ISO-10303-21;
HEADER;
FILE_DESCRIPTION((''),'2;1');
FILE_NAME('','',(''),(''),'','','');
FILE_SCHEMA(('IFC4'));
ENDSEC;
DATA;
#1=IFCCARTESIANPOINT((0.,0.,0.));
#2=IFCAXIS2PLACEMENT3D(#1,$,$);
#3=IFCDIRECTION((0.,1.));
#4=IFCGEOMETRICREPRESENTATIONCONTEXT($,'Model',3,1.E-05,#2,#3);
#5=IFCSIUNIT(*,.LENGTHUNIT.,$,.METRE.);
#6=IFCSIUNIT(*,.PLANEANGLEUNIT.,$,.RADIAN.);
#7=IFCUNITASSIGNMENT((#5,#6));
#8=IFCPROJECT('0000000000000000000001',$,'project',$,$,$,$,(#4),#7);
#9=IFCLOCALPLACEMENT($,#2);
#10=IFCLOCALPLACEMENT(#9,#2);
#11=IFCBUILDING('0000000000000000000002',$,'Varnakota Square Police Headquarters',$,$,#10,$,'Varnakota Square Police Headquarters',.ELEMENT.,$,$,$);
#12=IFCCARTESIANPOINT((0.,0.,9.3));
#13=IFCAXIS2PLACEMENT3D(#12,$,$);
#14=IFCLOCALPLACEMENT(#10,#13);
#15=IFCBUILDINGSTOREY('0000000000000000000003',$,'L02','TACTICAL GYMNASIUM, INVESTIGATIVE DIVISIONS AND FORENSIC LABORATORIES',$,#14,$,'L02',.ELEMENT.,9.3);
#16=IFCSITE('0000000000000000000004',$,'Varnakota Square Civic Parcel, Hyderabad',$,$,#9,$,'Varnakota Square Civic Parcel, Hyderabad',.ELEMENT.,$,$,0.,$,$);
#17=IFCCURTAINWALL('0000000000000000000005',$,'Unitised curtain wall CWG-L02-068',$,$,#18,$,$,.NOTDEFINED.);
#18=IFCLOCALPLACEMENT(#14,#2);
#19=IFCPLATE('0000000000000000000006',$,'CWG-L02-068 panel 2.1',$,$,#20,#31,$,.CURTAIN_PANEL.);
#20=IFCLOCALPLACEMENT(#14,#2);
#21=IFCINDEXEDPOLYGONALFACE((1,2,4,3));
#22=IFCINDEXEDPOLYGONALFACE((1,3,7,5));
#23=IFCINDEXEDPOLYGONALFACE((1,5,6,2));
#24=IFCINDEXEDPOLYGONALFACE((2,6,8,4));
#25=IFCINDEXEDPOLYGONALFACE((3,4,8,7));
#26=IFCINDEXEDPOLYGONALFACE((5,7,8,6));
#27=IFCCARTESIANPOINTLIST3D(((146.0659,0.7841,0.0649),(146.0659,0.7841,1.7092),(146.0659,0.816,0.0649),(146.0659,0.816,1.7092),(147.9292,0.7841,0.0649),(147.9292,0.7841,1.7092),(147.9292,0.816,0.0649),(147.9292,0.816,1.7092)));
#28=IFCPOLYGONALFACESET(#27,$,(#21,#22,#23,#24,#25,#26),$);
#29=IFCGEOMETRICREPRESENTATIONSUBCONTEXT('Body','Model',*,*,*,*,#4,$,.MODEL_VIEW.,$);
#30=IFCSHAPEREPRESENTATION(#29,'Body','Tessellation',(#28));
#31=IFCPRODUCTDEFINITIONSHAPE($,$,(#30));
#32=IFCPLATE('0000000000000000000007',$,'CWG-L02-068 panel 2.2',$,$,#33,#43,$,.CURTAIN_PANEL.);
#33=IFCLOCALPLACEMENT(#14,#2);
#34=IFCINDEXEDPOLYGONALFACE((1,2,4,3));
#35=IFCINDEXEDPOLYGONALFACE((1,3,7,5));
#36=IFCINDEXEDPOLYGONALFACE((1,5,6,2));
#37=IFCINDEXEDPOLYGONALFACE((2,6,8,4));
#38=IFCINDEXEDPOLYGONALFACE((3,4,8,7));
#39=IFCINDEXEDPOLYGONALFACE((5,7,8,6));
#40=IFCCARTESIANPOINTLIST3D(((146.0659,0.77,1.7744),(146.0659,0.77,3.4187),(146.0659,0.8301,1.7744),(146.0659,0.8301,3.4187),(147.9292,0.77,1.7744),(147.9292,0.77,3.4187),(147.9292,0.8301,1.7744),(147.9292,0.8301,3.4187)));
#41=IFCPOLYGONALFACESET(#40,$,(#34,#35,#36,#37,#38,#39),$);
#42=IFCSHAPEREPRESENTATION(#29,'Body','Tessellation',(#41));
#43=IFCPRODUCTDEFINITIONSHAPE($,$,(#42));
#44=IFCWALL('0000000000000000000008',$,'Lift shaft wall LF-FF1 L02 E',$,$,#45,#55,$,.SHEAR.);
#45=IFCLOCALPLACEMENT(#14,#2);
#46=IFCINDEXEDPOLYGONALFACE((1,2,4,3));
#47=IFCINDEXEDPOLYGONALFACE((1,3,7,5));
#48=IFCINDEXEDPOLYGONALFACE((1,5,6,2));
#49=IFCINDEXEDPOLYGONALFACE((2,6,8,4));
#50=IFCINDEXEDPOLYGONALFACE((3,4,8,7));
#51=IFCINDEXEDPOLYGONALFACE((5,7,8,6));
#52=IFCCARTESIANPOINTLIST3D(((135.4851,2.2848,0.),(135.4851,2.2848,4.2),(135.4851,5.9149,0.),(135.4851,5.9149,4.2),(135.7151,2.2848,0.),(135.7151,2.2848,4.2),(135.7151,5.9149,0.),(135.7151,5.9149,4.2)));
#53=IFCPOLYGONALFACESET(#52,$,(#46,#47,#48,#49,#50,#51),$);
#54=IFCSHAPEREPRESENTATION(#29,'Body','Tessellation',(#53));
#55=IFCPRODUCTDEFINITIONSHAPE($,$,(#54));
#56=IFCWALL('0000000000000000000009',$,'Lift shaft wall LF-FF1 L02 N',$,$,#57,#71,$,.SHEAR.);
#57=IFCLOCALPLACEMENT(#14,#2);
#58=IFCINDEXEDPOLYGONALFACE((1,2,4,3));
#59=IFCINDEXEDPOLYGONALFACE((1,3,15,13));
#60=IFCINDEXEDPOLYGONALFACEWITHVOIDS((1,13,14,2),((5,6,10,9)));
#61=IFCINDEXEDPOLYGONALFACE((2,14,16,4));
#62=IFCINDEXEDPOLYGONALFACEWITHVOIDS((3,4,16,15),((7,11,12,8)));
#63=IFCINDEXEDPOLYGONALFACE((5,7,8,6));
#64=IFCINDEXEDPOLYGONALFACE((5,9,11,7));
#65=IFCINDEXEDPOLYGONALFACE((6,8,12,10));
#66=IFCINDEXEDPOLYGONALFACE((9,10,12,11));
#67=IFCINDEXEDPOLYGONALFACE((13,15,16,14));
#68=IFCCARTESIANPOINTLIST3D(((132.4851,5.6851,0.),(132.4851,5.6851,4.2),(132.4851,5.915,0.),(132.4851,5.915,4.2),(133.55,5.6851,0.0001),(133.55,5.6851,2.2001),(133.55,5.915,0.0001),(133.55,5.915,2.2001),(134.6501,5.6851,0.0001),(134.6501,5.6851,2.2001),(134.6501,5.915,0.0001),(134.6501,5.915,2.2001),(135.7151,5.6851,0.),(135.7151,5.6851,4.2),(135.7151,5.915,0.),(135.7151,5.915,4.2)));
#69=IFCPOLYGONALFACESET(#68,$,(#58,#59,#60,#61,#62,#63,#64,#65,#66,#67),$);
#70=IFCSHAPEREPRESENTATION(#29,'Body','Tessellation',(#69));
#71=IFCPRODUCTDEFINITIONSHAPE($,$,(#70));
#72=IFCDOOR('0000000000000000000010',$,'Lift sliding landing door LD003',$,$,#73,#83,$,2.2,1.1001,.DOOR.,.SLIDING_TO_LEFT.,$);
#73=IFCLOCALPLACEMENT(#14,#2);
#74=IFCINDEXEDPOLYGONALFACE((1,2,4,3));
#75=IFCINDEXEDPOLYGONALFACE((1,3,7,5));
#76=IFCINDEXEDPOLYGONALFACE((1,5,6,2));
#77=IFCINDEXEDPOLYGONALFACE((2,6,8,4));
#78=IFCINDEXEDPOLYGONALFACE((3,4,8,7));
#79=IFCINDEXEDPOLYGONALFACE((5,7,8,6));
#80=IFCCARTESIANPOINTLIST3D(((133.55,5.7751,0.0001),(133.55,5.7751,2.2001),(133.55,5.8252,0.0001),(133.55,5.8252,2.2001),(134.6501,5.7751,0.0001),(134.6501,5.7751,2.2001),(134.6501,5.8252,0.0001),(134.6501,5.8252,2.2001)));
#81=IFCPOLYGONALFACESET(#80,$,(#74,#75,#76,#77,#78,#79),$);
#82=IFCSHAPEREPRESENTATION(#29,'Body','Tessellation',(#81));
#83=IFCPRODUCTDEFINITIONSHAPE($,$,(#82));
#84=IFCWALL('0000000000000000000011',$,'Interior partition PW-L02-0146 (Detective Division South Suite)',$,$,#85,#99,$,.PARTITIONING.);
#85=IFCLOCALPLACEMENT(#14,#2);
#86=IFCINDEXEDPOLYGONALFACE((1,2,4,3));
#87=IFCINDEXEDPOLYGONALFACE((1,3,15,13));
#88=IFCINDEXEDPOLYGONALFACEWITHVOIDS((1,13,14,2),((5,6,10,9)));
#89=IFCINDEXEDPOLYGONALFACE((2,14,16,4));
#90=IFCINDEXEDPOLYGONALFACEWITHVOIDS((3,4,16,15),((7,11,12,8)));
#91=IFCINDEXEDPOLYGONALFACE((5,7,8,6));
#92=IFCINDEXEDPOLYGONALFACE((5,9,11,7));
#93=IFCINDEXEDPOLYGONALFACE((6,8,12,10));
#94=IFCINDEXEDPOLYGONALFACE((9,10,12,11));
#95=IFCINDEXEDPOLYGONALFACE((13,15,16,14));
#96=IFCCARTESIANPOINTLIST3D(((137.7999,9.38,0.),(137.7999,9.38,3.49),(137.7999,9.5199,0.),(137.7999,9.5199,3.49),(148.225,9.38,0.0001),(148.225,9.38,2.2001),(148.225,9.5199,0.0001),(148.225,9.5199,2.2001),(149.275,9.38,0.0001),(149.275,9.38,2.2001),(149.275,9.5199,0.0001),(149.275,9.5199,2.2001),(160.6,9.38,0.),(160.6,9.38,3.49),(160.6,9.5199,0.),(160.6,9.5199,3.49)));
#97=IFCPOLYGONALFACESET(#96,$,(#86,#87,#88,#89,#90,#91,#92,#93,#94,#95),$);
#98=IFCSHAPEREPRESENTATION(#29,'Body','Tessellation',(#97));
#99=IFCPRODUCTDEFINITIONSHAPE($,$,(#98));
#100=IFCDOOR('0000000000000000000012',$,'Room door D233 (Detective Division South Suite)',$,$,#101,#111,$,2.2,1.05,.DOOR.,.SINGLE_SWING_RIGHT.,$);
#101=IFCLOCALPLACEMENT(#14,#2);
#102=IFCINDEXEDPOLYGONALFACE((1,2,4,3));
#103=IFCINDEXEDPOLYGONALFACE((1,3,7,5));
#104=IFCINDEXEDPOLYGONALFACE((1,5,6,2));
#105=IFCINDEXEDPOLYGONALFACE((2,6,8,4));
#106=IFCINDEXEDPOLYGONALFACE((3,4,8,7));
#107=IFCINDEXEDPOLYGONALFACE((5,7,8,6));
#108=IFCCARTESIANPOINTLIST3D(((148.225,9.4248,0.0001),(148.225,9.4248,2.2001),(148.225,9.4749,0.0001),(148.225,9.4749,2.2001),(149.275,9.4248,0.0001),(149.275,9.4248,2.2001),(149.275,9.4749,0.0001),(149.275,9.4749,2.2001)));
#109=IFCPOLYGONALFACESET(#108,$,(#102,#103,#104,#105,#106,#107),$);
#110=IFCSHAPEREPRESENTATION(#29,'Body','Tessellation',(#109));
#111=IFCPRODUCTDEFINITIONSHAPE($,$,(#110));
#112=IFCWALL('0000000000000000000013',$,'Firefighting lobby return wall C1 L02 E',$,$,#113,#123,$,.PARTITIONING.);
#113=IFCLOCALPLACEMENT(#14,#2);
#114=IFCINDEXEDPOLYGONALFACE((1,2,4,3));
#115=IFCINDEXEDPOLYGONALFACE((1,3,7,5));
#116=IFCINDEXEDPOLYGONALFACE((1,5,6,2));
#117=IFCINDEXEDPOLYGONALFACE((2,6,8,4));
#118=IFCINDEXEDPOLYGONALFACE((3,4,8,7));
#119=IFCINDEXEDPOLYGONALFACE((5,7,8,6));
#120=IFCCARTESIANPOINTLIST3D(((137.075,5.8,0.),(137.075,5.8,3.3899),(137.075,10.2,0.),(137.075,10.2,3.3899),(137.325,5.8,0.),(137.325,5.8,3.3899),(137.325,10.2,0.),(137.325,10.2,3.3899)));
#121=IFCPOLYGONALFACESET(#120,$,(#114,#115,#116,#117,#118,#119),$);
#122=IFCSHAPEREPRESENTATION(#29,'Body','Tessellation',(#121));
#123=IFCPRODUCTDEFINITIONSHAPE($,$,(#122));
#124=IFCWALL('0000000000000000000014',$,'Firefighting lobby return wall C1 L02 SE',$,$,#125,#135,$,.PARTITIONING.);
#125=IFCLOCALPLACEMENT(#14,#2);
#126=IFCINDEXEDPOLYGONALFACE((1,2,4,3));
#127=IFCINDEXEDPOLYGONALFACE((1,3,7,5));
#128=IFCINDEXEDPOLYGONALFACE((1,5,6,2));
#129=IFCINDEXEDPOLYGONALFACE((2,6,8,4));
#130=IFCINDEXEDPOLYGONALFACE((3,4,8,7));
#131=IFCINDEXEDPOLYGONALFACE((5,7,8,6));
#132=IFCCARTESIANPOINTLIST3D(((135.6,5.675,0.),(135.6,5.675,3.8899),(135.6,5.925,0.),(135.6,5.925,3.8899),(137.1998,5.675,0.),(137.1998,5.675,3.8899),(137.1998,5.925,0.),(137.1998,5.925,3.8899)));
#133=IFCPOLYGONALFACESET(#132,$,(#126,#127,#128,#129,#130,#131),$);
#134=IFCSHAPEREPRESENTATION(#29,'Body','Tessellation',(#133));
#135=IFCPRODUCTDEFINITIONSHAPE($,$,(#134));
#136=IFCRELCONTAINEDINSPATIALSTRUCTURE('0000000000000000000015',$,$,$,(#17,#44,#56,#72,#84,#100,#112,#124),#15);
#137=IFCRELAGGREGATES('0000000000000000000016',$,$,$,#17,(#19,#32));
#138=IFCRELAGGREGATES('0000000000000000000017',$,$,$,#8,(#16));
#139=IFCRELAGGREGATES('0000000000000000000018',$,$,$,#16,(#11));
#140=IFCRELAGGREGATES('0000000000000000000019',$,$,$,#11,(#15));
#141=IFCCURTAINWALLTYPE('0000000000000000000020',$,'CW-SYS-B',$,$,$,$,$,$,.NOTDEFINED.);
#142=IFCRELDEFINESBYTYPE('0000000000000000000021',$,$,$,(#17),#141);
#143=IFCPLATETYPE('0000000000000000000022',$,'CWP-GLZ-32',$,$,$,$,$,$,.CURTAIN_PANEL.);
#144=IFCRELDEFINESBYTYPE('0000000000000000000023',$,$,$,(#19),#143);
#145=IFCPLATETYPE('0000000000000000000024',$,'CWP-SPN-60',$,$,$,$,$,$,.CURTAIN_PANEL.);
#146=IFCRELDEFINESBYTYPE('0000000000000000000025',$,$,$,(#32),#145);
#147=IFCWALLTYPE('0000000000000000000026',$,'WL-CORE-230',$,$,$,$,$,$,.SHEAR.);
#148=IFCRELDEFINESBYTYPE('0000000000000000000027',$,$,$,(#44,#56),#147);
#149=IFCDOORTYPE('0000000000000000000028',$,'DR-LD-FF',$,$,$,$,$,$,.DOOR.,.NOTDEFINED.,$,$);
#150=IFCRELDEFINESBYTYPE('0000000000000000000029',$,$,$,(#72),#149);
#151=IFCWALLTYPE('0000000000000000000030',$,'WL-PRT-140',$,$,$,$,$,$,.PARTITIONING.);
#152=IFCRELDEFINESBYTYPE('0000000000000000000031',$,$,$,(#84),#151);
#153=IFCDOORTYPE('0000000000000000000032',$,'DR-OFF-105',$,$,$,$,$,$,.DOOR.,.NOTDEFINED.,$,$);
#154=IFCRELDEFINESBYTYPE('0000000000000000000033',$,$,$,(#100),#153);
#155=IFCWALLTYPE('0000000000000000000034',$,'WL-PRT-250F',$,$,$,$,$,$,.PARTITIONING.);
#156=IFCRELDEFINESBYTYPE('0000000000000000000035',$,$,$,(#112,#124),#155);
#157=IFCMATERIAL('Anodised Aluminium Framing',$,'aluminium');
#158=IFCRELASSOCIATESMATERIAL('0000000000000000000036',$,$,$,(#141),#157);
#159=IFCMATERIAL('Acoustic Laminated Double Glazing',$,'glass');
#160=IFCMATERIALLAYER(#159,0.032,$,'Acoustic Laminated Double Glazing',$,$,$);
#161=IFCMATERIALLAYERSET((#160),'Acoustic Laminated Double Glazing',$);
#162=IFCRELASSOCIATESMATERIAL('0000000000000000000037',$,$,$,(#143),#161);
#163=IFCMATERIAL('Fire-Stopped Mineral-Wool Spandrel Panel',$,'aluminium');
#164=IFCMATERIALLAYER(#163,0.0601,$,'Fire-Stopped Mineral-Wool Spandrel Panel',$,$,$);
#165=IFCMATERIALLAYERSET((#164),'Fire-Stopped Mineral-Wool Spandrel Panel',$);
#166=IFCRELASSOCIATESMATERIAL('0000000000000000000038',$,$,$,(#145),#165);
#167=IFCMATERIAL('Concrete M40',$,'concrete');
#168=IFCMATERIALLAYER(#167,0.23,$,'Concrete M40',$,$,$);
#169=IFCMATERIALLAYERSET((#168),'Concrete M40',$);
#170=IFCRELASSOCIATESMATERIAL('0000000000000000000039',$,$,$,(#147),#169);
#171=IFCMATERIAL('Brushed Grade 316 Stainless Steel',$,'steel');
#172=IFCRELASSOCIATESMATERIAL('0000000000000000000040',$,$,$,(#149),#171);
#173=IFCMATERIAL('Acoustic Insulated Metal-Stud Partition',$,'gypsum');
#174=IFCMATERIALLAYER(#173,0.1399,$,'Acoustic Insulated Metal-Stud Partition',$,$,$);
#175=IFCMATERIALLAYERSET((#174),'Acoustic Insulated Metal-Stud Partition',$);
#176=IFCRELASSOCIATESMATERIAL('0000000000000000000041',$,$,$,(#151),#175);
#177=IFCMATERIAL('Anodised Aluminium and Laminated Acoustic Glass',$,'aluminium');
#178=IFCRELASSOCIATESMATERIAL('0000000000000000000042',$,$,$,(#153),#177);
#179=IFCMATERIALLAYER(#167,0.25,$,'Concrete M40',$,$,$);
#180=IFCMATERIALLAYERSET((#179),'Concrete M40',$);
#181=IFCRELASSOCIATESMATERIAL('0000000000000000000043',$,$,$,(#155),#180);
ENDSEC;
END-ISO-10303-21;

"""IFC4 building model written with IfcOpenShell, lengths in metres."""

from ifc_helpers import new_model, si_unit, direction, frame, frame_2d, origin, origin_2d, place, context, subcontext, project, spatial, rectangle, extrude, material, layer, layer_set, type_object, element, fill, aggregate, save


model = new_model("IFC4")

# Units and contexts
model_context = context("Model", 3, precision=1e-05, world=origin(), true_north=direction((0.0, 1.0)))
body_context = subcontext(model_context, "Body", "Model", "MODEL_VIEW")
ifc_project = project(units=[si_unit("LENGTHUNIT", "METRE"), si_unit("PLANEANGLEUNIT", "RADIAN")], contexts=[model_context])

# Site, building, storey
site_placement = place(None, origin())
site = spatial("IfcSite", under=ifc_project, at=site_placement, Name="Varnakota Square Civic Parcel, Hyderabad", LongName="Varnakota Square Civic Parcel, Hyderabad", CompositionType="ELEMENT", RefElevation=0.0)
building_placement = place(site_placement, origin())
building = spatial("IfcBuilding", under=site, at=building_placement, Name="Varnakota Square Police Headquarters", LongName="Varnakota Square Police Headquarters", CompositionType="ELEMENT")
storey_placement = place(building_placement, frame((0.0, 0.0, 9.3)))
storey = spatial("IfcBuildingStorey", under=building, at=storey_placement, Name="L02", Description="TACTICAL GYMNASIUM, INVESTIGATIVE DIVISIONS AND FORENSIC LABORATORIES", LongName="L02", CompositionType="ELEMENT", Elevation=9.3)

# Shared definitions
ifc_material_1 = material(Name="Anodised Aluminium Framing", Category="aluminium")

# Curtain wall, plates
curtain_wall_type_1 = type_object("IfcCurtainWallType", Name="CW-SYS-B", PredefinedType="NOTDEFINED", material=ifc_material_1)
curtain_wall_1_placement = place(storey_placement, origin())
curtain_wall_1 = element("IfcCurtainWall", 1, at=curtain_wall_1_placement, inside=storey, type_object=curtain_wall_type_1, Name="Unitised curtain wall CWG-L02-068", PredefinedType="NOTDEFINED")
ifc_material_2 = material(Name="Acoustic Laminated Double Glazing", Category="glass")
ifc_layer_1 = layer(ifc_material_2, 0.032, Name="Acoustic Laminated Double Glazing")
ifc_layer_set_1 = layer_set([ifc_layer_1], Name="Acoustic Laminated Double Glazing")
plate_type_1 = type_object("IfcPlateType", Name="CWP-GLZ-32", PredefinedType="CURTAIN_PANEL", material=ifc_layer_set_1)
plate_1_placement = place(storey_placement, frame((146.9976, 0.8, 0.0649), z_axis=(0.0, 0.0, 1.0), x_axis=(1.0, 0.0, 0.0)))
plate_1 = element("IfcPlate", 2, at=plate_1_placement, type_object=plate_type_1, Name="CWG-L02-068 panel 2.1", PredefinedType="CURTAIN_PANEL", context=body_context, shape_type="SweptSolid", body=[
    extrude(rectangle(XDim=1.8633, YDim=0.032, at=origin_2d()), origin(), (0.0, 0.0, 1.0), 1.6443),
])
ifc_material_3 = material(Name="Fire-Stopped Mineral-Wool Spandrel Panel", Category="aluminium")
ifc_layer_2 = layer(ifc_material_3, 0.0601, Name="Fire-Stopped Mineral-Wool Spandrel Panel")
ifc_layer_set_2 = layer_set([ifc_layer_2], Name="Fire-Stopped Mineral-Wool Spandrel Panel")
plate_type_2 = type_object("IfcPlateType", Name="CWP-SPN-60", PredefinedType="CURTAIN_PANEL", material=ifc_layer_set_2)
plate_2_placement = place(storey_placement, frame((146.9976, 0.8, 1.7744), z_axis=(0.0, 0.0, 1.0), x_axis=(1.0, 0.0, 0.0)))
plate_2 = element("IfcPlate", 3, at=plate_2_placement, type_object=plate_type_2, Name="CWG-L02-068 panel 2.2", PredefinedType="CURTAIN_PANEL", context=body_context, shape_type="SweptSolid", body=[
    extrude(rectangle(XDim=1.8633, YDim=0.0601, at=origin_2d()), origin(), (0.0, 0.0, 1.0), 1.6443),
])
aggregate(curtain_wall_1, [plate_1, plate_2])

# Wall
ifc_material_4 = material(Name="Concrete M40", Category="concrete")
ifc_layer_3 = layer(ifc_material_4, 0.23, Name="Concrete M40")
ifc_layer_set_3 = layer_set([ifc_layer_3], Name="Concrete M40")
wall_type_1 = type_object("IfcWallType", Name="WL-CORE-230", PredefinedType="SHEAR", material=ifc_layer_set_3)
wall_1_placement = place(storey_placement, frame((135.6001, 2.2849, 0.0), z_axis=(0.0, 0.0, 1.0), x_axis=(0.0, 1.0, 0.0)))
element("IfcWall", 4, at=wall_1_placement, inside=storey, type_object=wall_type_1, Name="Lift shaft wall LF-FF1 L02 E", PredefinedType="SHEAR", context=body_context, shape_type="SweptSolid", body=[
    extrude(rectangle(XDim=3.6301, YDim=0.23, at=frame_2d((1.8149, 0.0))), origin(), (0.0, 0.0, 1.0), 4.2),
])

# Walls, openings, doors
wall_2_placement = place(storey_placement, frame((135.7151, 5.8, 0.0), z_axis=(0.0, 0.0, 1.0), x_axis=(-1.0, 0.0, 0.0)))
wall_2 = element("IfcWall", 5, at=wall_2_placement, inside=storey, type_object=wall_type_1, Name="Lift shaft wall LF-FF1 L02 N", PredefinedType="SHEAR", context=body_context, shape_type="SweptSolid", body=[
    extrude(rectangle(XDim=3.23, YDim=0.23, at=frame_2d((1.615, 0.0))), origin(), (0.0, 0.0, 1.0), 4.2),
])
opening_1_placement = place(wall_2_placement, frame((1.0649, 0.0, 0.0)))
opening_1 = element("IfcOpeningElement", 6, at=opening_1_placement, cuts=wall_2, PredefinedType="OPENING", context=body_context, shape_type="SweptSolid", body=[
    extrude(rectangle(XDim=1.1001, YDim=2.2, at=frame_2d((0.55, 1.1001))), frame((0.0, 0.125, 0.0), z_axis=(0.0, -1.0, 0.0), x_axis=(1.0, 0.0, 0.0)), (0.0, 0.0, 1.0), 0.25),
])
ifc_material_5 = material(Name="Brushed Grade 316 Stainless Steel", Category="steel")
door_type_1 = type_object("IfcDoorType", Name="DR-LD-FF", OperationType="NOTDEFINED", PredefinedType="DOOR", material=ifc_material_5)
door_1_placement = place(opening_1_placement, origin())
door_1 = element("IfcDoor", 7, at=door_1_placement, inside=storey, type_object=door_type_1, Name="Lift sliding landing door LD003", OperationType="SLIDING_TO_LEFT", OverallHeight=2.2, OverallWidth=1.1001, PredefinedType="DOOR", context=body_context, shape_type="SweptSolid", body=[
    extrude(rectangle(XDim=1.1001, YDim=2.2, at=frame_2d((0.55, 1.1001))), frame((0.0, 0.0249, 0.0), z_axis=(0.0, -1.0, 0.0), x_axis=(1.0, 0.0, 0.0)), (0.0, 0.0, 1.0), 0.05),
])
fill(opening_1, door_1)
ifc_material_6 = material(Name="Acoustic Insulated Metal-Stud Partition", Category="gypsum")
ifc_layer_4 = layer(ifc_material_6, 0.1399, Name="Acoustic Insulated Metal-Stud Partition")
ifc_layer_set_4 = layer_set([ifc_layer_4], Name="Acoustic Insulated Metal-Stud Partition")
wall_type_2 = type_object("IfcWallType", Name="WL-PRT-140", PredefinedType="PARTITIONING", material=ifc_layer_set_4)
wall_3_placement = place(storey_placement, frame((137.8, 9.45, 0.0), z_axis=(0.0, 0.0, 1.0), x_axis=(1.0, 0.0, 0.0)))
wall_3 = element("IfcWall", 8, at=wall_3_placement, inside=storey, type_object=wall_type_2, Name="Interior partition PW-L02-0146 (Detective Division South Suite)", PredefinedType="PARTITIONING", context=body_context, shape_type="SweptSolid", body=[
    extrude(rectangle(XDim=22.8, YDim=0.1399, at=frame_2d((11.3999, 0.0))), origin(), (0.0, 0.0, 1.0), 3.49),
])
opening_2_placement = place(wall_3_placement, frame((10.425, 0.0, 0.0)))
opening_2 = element("IfcOpeningElement", 9, at=opening_2_placement, cuts=wall_3, PredefinedType="OPENING", context=body_context, shape_type="SweptSolid", body=[
    extrude(rectangle(XDim=1.05, YDim=2.2, at=frame_2d((0.5249, 1.1001))), frame((0.0, 0.0798, 0.0), z_axis=(0.0, -1.0, 0.0), x_axis=(1.0, 0.0, 0.0)), (0.0, 0.0, 1.0), 0.1599),
])
ifc_material_7 = material(Name="Anodised Aluminium and Laminated Acoustic Glass", Category="aluminium")
door_type_2 = type_object("IfcDoorType", Name="DR-OFF-105", OperationType="NOTDEFINED", PredefinedType="DOOR", material=ifc_material_7)
door_2_placement = place(opening_2_placement, origin())
door_2 = element("IfcDoor", 10, at=door_2_placement, inside=storey, type_object=door_type_2, Name="Room door D233 (Detective Division South Suite)", OperationType="SINGLE_SWING_RIGHT", OverallHeight=2.2, OverallWidth=1.05, PredefinedType="DOOR", context=body_context, shape_type="SweptSolid", body=[
    extrude(rectangle(XDim=1.05, YDim=2.2, at=frame_2d((0.5249, 1.1001))), frame((0.0, 0.0249, 0.0), z_axis=(0.0, -1.0, 0.0), x_axis=(1.0, 0.0, 0.0)), (0.0, 0.0, 1.0), 0.05),
])
fill(opening_2, door_2)

# Walls
ifc_layer_5 = layer(ifc_material_4, 0.25, Name="Concrete M40")
ifc_layer_set_5 = layer_set([ifc_layer_5], Name="Concrete M40")
wall_type_3 = type_object("IfcWallType", Name="WL-PRT-250F", PredefinedType="PARTITIONING", material=ifc_layer_set_5)
wall_4_placement = place(storey_placement, frame((137.2, 5.8, 0.0), z_axis=(0.0, 0.0, 1.0), x_axis=(0.0, 1.0, 0.0)))
element("IfcWall", 11, at=wall_4_placement, inside=storey, type_object=wall_type_3, Name="Firefighting lobby return wall C1 L02 E", PredefinedType="PARTITIONING", context=body_context, shape_type="SweptSolid", body=[
    extrude(rectangle(XDim=4.3999, YDim=0.25, at=frame_2d((2.2, 0.0))), origin(), (0.0, 0.0, 1.0), 3.3899),
])
wall_5_placement = place(storey_placement, frame((135.6001, 5.8, 0.0), z_axis=(0.0, 0.0, 1.0), x_axis=(1.0, 0.0, 0.0)))
element("IfcWall", 12, at=wall_5_placement, inside=storey, type_object=wall_type_3, Name="Firefighting lobby return wall C1 L02 SE", PredefinedType="PARTITIONING", context=body_context, shape_type="SweptSolid", body=[
    extrude(rectangle(XDim=1.5999, YDim=0.25, at=frame_2d((0.7998, 0.0))), origin(), (0.0, 0.0, 1.0), 3.8899),
])

save(model, "model.ifc")
